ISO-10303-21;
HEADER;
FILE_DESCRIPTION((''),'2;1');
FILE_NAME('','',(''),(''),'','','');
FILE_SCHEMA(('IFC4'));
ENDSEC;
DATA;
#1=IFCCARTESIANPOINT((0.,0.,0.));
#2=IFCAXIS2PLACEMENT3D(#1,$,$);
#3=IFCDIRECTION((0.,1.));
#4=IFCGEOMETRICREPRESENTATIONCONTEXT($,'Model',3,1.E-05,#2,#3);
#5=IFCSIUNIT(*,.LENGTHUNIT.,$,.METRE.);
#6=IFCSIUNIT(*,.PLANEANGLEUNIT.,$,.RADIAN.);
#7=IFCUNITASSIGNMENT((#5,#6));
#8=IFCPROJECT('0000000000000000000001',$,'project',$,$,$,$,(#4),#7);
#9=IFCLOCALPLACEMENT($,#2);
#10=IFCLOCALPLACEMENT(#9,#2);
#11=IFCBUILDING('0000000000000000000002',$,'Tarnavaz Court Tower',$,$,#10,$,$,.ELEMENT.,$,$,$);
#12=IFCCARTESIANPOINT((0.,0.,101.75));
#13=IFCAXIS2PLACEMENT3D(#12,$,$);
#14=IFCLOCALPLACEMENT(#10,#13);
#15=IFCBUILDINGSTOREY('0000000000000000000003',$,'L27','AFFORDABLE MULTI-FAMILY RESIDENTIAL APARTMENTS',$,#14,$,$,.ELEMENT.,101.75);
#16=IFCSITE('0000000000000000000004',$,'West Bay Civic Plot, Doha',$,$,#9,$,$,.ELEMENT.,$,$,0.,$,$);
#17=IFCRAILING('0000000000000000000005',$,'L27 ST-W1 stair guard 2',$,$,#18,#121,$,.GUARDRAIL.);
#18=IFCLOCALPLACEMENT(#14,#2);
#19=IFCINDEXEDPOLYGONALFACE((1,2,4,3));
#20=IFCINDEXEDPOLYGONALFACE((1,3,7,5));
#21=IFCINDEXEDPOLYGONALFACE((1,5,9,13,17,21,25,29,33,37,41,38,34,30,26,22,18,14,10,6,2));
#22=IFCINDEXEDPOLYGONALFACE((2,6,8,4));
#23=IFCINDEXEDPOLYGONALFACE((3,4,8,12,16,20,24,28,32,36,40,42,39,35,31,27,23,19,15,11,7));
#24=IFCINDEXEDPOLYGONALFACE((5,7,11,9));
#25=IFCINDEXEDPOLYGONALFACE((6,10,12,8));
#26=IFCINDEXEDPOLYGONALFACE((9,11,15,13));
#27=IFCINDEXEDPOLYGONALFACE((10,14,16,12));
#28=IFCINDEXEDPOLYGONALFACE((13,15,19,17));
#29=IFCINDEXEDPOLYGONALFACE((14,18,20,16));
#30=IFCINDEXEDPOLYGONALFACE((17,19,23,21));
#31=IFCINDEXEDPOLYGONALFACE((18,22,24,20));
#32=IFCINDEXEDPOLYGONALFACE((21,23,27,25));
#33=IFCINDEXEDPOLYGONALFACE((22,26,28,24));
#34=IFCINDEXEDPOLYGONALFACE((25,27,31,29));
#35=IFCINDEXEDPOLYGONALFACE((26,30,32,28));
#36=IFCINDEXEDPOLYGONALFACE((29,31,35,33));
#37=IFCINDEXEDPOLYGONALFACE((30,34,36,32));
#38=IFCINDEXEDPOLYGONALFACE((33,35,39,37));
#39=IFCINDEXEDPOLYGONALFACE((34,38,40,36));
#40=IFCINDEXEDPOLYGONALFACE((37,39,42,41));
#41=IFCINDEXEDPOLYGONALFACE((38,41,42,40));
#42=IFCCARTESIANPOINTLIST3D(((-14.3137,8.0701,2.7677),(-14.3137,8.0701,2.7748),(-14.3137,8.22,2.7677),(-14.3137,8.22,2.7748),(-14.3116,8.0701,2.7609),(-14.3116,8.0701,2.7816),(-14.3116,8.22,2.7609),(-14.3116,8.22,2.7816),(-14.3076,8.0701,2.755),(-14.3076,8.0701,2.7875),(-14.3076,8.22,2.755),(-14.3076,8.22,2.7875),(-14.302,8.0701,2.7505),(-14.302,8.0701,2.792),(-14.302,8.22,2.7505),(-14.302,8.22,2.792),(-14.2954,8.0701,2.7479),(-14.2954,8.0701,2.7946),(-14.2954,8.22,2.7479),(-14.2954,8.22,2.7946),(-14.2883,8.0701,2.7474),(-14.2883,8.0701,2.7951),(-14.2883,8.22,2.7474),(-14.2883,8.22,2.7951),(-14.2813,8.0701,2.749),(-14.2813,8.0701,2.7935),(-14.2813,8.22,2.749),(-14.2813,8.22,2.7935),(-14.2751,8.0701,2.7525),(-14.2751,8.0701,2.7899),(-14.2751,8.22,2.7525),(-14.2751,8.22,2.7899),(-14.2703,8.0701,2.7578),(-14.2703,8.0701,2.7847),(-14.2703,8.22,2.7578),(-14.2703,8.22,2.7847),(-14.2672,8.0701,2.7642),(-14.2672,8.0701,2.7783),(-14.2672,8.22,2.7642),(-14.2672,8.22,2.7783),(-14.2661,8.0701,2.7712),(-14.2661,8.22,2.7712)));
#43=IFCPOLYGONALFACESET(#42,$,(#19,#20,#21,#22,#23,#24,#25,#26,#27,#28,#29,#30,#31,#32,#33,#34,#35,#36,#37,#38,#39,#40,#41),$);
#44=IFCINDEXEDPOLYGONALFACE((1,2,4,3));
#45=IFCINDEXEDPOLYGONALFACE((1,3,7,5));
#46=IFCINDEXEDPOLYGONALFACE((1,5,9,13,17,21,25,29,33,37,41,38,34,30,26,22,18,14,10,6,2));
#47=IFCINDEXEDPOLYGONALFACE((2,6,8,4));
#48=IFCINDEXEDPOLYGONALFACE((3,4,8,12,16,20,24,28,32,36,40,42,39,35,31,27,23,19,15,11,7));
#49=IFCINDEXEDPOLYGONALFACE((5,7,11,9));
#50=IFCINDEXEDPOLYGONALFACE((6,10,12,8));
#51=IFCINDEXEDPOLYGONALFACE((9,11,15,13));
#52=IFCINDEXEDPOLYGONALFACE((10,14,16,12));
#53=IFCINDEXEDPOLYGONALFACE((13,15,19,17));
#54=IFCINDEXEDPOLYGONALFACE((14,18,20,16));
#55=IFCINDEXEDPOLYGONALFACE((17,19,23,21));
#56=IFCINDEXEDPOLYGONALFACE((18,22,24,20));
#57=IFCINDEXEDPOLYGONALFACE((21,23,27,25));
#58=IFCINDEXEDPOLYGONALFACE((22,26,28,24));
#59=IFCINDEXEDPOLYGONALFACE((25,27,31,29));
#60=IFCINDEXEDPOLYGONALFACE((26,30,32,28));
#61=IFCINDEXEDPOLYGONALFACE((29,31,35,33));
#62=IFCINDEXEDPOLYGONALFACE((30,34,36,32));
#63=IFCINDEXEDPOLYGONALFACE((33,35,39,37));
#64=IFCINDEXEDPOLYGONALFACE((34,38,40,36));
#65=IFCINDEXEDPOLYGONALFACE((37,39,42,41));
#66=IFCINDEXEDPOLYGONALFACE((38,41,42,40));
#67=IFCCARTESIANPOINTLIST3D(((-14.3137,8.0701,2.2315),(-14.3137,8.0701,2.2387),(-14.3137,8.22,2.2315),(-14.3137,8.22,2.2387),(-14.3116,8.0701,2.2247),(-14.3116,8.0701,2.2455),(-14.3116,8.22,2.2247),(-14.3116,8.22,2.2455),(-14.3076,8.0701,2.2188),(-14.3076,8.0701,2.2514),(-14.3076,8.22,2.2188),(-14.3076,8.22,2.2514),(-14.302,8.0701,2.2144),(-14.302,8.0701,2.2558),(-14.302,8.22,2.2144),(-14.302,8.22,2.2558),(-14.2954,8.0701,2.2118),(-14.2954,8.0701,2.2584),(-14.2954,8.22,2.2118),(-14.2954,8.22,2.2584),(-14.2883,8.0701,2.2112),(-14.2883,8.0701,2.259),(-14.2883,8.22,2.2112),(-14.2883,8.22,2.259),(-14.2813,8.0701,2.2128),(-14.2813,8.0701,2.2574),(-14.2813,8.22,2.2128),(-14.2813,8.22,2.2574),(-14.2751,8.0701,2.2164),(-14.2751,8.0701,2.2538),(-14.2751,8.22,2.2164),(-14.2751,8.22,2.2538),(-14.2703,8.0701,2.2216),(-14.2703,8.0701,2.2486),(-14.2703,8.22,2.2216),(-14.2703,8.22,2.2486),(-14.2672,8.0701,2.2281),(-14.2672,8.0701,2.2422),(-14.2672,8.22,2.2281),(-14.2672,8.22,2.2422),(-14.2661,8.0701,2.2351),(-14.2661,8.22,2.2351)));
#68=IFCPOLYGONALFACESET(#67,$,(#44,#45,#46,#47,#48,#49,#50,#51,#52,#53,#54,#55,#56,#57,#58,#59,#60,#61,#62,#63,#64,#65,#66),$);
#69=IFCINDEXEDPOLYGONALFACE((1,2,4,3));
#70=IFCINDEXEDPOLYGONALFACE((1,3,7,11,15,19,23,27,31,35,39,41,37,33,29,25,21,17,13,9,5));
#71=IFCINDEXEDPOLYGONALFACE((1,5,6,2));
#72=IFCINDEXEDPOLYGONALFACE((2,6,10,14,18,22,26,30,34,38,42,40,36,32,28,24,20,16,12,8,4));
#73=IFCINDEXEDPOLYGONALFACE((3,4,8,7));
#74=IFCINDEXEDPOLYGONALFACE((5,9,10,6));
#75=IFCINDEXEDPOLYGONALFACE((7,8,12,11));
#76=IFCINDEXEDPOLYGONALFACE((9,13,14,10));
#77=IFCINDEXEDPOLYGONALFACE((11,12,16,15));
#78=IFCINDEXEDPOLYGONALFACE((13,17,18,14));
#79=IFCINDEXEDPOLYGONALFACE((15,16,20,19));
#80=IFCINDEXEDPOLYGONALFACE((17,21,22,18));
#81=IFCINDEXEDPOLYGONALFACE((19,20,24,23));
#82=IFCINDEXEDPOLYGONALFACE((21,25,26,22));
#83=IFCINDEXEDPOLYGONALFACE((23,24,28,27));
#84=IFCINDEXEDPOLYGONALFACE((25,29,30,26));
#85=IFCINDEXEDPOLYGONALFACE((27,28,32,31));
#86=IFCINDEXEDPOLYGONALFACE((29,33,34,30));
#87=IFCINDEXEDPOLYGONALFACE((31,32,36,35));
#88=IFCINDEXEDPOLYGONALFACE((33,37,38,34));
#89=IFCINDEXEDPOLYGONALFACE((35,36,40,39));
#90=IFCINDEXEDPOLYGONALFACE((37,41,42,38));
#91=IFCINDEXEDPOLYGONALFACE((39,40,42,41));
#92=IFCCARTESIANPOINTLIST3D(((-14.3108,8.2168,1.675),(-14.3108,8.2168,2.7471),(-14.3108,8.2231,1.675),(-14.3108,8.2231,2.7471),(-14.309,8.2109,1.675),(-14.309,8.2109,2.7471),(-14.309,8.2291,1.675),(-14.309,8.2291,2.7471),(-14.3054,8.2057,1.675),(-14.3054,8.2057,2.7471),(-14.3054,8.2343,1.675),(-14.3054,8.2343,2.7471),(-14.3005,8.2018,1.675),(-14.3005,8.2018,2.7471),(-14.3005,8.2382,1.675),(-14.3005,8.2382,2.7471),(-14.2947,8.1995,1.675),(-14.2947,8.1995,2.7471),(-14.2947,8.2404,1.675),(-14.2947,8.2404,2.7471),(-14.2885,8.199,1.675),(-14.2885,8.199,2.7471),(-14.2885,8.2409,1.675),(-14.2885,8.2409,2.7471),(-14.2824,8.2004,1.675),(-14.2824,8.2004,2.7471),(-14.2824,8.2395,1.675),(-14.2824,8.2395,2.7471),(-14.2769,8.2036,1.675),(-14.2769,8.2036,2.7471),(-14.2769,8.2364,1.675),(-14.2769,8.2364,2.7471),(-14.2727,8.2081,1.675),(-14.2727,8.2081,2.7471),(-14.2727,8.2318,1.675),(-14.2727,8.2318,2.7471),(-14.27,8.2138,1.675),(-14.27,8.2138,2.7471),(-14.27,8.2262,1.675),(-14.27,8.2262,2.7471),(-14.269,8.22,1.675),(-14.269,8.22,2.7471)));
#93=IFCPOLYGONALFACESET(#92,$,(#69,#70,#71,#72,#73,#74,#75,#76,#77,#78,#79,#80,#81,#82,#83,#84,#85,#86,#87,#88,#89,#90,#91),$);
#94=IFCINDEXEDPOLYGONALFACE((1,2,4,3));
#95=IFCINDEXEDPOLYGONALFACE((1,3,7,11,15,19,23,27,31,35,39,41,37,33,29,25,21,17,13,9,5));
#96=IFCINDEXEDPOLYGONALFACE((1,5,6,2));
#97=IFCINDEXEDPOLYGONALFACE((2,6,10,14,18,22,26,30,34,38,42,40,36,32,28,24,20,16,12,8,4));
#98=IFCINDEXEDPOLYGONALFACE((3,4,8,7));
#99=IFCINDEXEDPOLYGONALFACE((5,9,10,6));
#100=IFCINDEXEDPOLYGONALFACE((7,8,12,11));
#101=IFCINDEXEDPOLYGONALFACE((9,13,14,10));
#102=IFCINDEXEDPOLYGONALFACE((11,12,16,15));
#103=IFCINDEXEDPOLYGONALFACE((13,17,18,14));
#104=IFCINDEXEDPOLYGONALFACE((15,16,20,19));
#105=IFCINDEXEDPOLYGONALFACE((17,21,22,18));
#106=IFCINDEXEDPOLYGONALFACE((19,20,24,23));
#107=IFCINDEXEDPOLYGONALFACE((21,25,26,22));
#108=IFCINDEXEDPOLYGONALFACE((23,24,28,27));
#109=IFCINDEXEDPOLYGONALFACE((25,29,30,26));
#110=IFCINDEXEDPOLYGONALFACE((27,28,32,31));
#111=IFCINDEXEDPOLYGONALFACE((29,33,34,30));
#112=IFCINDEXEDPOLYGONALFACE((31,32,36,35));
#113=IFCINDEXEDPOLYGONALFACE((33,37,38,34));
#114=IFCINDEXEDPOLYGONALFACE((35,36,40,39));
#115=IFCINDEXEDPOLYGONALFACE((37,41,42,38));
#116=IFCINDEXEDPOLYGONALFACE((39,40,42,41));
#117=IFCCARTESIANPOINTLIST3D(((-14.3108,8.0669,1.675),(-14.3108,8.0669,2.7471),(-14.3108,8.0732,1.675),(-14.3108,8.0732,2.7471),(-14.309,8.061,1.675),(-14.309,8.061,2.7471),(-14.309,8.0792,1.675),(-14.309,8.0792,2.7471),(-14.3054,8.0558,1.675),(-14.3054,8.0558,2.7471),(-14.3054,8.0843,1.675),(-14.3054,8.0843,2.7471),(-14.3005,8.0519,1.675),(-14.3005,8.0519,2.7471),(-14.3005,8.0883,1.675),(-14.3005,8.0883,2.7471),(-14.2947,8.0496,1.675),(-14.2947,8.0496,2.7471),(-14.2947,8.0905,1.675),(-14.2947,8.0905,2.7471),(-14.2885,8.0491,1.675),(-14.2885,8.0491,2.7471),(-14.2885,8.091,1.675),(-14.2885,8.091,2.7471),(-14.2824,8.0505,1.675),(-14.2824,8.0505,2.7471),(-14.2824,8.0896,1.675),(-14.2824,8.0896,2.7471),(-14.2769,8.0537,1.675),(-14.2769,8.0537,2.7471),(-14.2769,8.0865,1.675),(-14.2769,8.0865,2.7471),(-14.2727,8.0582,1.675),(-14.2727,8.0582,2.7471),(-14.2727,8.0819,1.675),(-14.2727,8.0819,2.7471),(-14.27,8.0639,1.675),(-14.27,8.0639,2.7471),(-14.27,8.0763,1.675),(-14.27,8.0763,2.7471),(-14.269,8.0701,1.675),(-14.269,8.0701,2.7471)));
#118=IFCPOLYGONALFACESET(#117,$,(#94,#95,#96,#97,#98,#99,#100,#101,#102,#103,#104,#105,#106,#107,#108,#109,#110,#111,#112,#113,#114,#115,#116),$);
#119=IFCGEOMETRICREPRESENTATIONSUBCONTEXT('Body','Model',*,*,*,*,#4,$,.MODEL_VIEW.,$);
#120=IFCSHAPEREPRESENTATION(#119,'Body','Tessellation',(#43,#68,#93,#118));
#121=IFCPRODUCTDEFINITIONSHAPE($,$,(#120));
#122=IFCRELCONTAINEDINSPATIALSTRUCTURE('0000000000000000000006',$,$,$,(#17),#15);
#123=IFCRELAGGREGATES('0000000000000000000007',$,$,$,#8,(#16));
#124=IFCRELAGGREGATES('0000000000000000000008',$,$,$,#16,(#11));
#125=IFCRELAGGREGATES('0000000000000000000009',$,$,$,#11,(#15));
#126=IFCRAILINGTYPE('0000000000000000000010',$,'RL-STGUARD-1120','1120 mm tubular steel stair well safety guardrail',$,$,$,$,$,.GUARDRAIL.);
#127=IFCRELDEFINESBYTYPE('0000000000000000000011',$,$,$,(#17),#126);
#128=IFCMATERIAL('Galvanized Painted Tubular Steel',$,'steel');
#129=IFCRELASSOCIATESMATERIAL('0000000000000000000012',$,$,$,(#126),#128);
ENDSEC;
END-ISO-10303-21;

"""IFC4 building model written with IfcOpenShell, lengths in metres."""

from ifc_helpers import new_model, si_unit, direction, frame, origin, origin_2d, place, context, subcontext, project, spatial, circle, extrude, material, type_object, element, save


model = new_model("IFC4")

# Units and contexts
model_context = context("Model", 3, precision=1e-05, world=origin(), true_north=direction((0.0, 1.0)))
body_context = subcontext(model_context, "Body", "Model", "MODEL_VIEW")
ifc_project = project(units=[si_unit("LENGTHUNIT", "METRE"), si_unit("PLANEANGLEUNIT", "RADIAN")], contexts=[model_context])

# Site, building, storey
site_placement = place(None, origin())
site = spatial("IfcSite", under=ifc_project, at=site_placement, Name="West Bay Civic Plot, Doha", CompositionType="ELEMENT", RefElevation=0.0)
building_placement = place(site_placement, origin())
building = spatial("IfcBuilding", under=site, at=building_placement, Name="Tarnavaz Court Tower", CompositionType="ELEMENT")
storey_placement = place(building_placement, frame((0.0, 0.0, 101.75)))
storey = spatial("IfcBuildingStorey", under=building, at=storey_placement, Name="L27", Description="AFFORDABLE MULTI-FAMILY RESIDENTIAL APARTMENTS", CompositionType="ELEMENT", Elevation=101.75)

# Railing
ifc_material_1 = material(Name="Galvanized Painted Tubular Steel", Category="steel")
railing_type_1 = type_object("IfcRailingType", Name="RL-STGUARD-1120", Description="1120 mm tubular steel stair well safety guardrail", PredefinedType="GUARDRAIL", material=ifc_material_1)
railing_1_placement = place(storey_placement, frame((-14.29, 8.22, 1.675)))
element("IfcRailing", 1, at=railing_1_placement, inside=storey, type_object=railing_type_1, Name="L27 ST-W1 stair guard 2", PredefinedType="GUARDRAIL", context=body_context, shape_type="SweptSolid", body=[
    extrude(circle(Radius=0.0239, at=origin_2d()), frame((0.0, 0.0, 1.0962), z_axis=(0.0, -1.0, 0.0), x_axis=(1.0, 0.0, 0.0)), (0.0, 0.0, 1.0), 0.1499),
    extrude(circle(Radius=0.0239, at=origin_2d()), frame((0.0, 0.0, 0.5601), z_axis=(0.0, -1.0, 0.0), x_axis=(1.0, 0.0, 0.0)), (0.0, 0.0, 1.0), 0.1499),
    extrude(circle(Radius=0.021, at=origin_2d()), origin(), (0.0, 0.0, 1.0), 1.072),
    extrude(circle(Radius=0.021, at=origin_2d()), frame((0.0, -0.1499, 0.0)), (0.0, 0.0, 1.0), 1.072),
])

save(model, "model.ifc")
